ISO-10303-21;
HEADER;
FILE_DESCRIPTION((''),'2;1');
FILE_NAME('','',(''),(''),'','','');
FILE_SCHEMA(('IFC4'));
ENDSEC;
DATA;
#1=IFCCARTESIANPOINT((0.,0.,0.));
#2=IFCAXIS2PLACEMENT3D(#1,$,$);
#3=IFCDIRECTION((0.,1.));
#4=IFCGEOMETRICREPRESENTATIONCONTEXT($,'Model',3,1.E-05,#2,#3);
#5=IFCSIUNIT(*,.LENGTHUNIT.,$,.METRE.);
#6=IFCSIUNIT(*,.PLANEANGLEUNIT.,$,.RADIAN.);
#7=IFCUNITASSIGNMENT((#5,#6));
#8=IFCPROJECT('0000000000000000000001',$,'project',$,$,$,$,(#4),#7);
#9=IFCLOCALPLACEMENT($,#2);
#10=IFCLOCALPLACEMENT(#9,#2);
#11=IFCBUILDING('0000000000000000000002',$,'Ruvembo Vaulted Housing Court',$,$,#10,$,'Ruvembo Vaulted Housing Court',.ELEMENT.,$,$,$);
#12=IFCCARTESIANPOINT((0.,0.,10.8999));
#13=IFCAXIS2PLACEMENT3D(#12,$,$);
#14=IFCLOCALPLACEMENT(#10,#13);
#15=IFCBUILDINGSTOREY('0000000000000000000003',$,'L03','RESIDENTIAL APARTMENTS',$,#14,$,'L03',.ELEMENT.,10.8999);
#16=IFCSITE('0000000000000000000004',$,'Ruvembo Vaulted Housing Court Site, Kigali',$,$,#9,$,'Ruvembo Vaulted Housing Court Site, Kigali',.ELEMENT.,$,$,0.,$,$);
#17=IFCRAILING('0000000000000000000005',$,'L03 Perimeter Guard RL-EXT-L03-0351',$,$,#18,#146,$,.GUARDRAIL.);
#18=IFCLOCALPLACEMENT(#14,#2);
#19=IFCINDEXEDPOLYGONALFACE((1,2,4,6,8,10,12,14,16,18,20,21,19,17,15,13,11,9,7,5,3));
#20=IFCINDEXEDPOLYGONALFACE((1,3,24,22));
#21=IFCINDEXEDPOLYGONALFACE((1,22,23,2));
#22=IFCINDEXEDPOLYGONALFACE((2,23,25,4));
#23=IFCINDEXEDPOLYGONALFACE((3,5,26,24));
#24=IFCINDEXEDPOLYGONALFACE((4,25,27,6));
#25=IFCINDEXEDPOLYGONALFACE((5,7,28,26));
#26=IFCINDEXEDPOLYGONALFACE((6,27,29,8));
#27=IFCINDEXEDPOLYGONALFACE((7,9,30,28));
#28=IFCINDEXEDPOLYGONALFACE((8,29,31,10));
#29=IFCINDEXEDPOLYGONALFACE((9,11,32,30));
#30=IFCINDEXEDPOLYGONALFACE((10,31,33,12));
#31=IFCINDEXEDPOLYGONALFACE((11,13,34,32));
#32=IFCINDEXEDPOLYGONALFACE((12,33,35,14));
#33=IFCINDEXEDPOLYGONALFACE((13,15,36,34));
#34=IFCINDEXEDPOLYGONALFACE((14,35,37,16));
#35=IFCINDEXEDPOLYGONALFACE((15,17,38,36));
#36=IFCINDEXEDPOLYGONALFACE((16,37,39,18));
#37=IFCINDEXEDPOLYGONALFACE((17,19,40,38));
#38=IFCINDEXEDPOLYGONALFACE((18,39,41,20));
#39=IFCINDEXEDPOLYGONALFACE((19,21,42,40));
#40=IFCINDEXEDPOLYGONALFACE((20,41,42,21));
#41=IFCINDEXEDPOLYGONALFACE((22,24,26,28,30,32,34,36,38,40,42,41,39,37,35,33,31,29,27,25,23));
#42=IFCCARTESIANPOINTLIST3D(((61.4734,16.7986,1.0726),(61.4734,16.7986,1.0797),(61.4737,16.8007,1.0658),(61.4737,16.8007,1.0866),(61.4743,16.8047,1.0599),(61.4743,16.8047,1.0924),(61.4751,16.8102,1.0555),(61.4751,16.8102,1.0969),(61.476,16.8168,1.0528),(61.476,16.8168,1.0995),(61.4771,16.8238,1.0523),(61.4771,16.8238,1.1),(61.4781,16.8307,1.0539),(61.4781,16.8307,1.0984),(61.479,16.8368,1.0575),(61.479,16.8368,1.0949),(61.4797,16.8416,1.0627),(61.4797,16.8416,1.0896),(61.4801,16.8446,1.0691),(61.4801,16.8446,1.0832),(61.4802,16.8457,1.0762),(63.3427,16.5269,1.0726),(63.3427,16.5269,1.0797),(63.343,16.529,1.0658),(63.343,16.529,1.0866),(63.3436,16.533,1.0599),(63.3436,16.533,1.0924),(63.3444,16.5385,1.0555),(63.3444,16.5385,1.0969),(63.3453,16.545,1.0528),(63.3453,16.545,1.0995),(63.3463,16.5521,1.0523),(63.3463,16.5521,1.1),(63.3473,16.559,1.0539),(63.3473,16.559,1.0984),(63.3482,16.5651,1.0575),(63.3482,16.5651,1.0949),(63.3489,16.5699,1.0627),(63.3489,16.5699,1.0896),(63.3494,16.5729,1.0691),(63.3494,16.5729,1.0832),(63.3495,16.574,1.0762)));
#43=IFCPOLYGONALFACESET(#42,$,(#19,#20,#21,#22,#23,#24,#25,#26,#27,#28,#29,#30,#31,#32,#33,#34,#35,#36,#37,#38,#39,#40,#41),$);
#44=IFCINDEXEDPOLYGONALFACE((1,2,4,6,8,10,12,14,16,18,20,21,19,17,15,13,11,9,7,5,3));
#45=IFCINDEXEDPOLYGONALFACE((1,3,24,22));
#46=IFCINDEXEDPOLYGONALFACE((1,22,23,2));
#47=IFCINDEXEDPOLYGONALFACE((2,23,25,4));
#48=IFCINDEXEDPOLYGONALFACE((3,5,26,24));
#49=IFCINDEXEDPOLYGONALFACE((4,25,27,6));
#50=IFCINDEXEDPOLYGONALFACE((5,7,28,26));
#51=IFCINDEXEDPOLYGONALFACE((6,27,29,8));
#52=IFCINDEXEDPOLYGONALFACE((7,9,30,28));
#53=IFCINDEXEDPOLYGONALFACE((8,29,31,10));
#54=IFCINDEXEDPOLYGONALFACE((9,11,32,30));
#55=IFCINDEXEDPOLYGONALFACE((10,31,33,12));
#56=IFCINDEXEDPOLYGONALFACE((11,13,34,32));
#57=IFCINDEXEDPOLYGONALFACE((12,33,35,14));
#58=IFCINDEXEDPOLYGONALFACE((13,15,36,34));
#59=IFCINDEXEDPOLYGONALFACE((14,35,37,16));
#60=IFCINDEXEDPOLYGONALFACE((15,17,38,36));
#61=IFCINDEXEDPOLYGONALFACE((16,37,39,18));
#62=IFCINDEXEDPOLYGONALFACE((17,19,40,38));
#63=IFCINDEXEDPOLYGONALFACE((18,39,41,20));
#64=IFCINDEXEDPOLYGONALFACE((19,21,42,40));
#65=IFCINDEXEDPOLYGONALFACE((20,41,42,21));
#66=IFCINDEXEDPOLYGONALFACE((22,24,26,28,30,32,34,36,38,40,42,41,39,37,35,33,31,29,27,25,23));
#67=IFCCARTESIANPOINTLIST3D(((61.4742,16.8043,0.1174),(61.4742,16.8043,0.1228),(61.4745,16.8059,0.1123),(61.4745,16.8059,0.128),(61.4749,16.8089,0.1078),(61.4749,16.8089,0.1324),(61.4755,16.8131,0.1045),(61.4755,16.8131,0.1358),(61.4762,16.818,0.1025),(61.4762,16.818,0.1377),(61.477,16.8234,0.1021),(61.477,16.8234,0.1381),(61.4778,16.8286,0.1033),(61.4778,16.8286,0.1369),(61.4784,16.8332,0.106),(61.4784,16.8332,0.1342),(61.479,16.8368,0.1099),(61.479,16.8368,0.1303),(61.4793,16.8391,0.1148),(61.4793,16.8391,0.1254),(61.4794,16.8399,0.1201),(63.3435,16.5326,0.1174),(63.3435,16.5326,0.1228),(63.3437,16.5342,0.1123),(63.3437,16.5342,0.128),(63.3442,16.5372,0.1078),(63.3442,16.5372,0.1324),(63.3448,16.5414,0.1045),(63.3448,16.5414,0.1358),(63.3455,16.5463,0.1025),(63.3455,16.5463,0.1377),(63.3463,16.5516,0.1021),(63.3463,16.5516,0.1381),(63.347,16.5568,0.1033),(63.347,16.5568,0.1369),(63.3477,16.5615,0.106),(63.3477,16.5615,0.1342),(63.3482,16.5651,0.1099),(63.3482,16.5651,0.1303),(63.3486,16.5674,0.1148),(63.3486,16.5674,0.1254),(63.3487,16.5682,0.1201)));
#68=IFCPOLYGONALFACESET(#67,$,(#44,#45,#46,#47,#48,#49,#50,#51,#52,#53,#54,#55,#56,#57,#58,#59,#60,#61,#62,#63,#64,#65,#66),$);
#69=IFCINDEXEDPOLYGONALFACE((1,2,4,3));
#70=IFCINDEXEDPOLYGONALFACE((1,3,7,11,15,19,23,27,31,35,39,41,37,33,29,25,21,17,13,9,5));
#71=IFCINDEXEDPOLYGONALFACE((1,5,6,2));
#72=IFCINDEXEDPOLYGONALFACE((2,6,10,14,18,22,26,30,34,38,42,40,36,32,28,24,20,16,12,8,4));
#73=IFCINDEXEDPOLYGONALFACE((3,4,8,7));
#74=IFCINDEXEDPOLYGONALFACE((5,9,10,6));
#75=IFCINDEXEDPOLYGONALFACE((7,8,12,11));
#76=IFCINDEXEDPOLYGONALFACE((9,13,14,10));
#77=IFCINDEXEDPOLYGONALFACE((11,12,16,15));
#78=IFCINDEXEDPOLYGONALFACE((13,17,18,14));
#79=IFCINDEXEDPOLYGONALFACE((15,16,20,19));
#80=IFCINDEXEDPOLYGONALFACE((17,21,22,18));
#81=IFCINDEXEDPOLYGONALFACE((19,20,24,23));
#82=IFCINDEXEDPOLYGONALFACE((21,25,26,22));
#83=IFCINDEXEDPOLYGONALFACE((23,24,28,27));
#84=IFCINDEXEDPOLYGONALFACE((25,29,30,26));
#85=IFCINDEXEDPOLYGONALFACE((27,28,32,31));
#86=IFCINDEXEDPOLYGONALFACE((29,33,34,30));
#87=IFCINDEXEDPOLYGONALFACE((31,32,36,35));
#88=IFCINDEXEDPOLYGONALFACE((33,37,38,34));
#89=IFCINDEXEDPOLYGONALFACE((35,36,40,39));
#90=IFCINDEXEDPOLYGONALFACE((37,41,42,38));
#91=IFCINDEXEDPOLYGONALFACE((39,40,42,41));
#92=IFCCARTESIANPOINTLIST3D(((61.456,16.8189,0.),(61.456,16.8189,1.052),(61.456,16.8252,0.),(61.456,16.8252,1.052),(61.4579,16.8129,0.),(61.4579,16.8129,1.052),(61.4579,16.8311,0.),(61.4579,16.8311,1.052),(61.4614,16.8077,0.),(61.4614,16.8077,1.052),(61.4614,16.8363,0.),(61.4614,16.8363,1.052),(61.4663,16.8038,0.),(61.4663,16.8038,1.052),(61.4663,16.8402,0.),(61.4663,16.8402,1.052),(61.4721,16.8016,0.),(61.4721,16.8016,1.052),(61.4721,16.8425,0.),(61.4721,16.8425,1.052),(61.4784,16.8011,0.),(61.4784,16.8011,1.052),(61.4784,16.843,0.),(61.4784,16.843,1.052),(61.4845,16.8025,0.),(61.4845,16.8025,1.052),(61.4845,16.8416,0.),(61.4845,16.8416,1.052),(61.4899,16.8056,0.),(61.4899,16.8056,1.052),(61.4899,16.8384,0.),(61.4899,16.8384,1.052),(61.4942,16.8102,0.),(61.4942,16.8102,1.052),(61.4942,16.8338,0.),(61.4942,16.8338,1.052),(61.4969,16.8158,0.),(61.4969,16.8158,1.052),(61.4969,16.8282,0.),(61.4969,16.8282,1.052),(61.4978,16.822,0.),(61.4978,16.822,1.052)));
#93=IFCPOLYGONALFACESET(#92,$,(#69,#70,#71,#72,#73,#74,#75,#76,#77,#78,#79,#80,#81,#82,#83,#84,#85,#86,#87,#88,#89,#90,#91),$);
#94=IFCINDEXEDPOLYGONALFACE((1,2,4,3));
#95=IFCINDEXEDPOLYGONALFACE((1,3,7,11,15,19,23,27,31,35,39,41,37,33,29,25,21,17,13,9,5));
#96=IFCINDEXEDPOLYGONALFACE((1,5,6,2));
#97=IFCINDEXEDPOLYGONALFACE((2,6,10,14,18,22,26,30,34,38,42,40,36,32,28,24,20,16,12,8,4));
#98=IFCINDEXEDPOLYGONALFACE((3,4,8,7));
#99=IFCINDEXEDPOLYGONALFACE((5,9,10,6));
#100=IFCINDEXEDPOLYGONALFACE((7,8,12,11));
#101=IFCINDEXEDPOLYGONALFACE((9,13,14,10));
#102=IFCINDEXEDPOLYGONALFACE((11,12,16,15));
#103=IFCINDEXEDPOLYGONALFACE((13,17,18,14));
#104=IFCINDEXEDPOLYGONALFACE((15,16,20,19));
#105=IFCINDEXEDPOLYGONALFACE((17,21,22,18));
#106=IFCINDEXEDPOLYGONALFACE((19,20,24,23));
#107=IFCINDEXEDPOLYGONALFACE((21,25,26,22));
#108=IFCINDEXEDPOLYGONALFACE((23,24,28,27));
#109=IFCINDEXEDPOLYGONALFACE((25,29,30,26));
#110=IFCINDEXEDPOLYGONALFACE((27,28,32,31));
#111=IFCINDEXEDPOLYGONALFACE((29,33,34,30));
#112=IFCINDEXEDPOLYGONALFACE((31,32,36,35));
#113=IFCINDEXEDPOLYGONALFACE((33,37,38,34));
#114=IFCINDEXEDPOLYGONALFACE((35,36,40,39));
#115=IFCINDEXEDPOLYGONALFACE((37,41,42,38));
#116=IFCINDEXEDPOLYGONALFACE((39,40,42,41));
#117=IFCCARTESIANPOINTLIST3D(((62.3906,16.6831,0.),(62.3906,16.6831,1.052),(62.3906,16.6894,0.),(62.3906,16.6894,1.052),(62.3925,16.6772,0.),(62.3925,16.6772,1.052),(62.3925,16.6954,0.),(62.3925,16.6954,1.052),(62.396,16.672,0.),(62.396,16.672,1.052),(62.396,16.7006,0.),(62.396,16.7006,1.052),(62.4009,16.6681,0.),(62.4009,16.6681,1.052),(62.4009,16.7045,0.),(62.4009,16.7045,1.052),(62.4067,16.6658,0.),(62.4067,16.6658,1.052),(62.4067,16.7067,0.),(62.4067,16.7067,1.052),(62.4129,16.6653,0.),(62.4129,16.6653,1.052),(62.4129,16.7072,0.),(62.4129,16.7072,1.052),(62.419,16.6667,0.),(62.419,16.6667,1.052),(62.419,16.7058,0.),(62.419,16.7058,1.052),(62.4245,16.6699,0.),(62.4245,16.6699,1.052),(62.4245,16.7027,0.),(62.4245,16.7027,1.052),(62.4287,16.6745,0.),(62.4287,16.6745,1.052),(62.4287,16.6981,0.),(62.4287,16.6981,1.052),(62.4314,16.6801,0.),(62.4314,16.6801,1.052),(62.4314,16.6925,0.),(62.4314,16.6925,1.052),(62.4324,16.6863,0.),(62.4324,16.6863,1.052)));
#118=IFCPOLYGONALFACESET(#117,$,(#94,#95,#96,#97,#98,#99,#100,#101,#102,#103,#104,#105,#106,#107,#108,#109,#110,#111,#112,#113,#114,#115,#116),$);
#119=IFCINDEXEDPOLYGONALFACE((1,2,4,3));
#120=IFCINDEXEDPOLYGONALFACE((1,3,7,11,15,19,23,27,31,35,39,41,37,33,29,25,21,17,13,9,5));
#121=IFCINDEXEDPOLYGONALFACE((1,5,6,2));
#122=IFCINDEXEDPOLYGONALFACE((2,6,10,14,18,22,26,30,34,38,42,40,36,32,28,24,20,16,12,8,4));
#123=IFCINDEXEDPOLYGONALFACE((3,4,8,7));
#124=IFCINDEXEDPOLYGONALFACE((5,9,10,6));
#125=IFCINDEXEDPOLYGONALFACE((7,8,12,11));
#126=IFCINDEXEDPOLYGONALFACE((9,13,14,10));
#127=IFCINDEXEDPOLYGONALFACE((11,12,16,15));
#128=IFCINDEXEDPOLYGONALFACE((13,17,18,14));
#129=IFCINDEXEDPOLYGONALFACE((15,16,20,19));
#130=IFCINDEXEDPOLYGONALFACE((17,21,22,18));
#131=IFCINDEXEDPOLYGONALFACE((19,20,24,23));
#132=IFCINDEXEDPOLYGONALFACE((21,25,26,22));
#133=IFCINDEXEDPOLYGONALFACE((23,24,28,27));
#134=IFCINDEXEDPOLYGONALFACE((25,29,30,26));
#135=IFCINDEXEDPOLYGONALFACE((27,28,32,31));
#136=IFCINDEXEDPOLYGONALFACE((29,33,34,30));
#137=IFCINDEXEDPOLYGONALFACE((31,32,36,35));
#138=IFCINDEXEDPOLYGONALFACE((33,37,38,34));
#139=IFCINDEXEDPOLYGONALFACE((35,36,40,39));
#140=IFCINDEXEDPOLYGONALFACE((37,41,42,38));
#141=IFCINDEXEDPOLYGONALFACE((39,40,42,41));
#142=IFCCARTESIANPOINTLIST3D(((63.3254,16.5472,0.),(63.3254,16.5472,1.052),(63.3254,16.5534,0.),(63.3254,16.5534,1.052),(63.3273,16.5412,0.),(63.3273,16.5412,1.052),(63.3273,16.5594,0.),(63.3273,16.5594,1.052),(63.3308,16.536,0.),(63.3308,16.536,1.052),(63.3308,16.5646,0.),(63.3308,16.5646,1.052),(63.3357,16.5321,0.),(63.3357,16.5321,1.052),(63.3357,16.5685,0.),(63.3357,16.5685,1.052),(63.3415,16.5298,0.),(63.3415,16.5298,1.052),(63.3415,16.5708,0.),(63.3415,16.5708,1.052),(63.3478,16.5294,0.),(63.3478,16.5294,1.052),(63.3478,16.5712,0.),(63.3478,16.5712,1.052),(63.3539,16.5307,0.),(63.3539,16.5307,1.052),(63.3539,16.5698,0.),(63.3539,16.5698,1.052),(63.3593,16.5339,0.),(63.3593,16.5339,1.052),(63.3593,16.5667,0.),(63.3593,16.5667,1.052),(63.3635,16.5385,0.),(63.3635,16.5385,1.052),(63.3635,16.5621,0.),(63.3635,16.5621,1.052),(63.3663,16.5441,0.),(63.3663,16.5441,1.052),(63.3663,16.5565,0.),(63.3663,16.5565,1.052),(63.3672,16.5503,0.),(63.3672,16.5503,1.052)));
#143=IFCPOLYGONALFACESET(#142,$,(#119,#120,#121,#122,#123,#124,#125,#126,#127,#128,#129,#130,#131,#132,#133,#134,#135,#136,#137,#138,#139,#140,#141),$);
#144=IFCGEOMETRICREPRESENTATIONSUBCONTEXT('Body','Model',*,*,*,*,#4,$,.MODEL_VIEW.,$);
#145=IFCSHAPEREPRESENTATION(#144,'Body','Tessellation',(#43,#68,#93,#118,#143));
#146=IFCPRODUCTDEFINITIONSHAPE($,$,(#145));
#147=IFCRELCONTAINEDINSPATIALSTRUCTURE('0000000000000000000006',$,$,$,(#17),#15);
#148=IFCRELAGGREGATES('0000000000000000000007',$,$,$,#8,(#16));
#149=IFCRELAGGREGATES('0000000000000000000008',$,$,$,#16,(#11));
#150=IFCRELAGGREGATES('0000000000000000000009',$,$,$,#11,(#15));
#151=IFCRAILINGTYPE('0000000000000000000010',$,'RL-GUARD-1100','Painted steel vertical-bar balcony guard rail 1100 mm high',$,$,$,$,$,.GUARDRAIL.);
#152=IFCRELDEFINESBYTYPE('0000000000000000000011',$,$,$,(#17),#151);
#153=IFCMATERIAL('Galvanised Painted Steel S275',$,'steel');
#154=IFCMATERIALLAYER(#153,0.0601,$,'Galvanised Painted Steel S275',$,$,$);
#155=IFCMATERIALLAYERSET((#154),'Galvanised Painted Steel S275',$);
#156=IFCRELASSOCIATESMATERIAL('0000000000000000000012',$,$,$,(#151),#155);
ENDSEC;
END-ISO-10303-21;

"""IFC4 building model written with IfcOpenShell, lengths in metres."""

from ifc_helpers import new_model, si_unit, direction, frame, origin, origin_2d, place, context, subcontext, project, spatial, circle, extrude, material, layer, layer_set, type_object, element, save


model = new_model("IFC4")

# Units and contexts
model_context = context("Model", 3, precision=1e-05, world=origin(), true_north=direction((0.0, 1.0)))
body_context = subcontext(model_context, "Body", "Model", "MODEL_VIEW")
ifc_project = project(units=[si_unit("LENGTHUNIT", "METRE"), si_unit("PLANEANGLEUNIT", "RADIAN")], contexts=[model_context])

# Site, building, storey
site_placement = place(None, origin())
site = spatial("IfcSite", under=ifc_project, at=site_placement, Name="Ruvembo Vaulted Housing Court Site, Kigali", LongName="Ruvembo Vaulted Housing Court Site, Kigali", CompositionType="ELEMENT", RefElevation=0.0)
building_placement = place(site_placement, origin())
building = spatial("IfcBuilding", under=site, at=building_placement, Name="Ruvembo Vaulted Housing Court", LongName="Ruvembo Vaulted Housing Court", CompositionType="ELEMENT")
storey_placement = place(building_placement, frame((0.0, 0.0, 10.8999)))
storey = spatial("IfcBuildingStorey", under=building, at=storey_placement, Name="L03", Description="RESIDENTIAL APARTMENTS", LongName="L03", CompositionType="ELEMENT", Elevation=10.8999)

# Railing
ifc_material_1 = material(Name="Galvanised Painted Steel S275", Category="steel")
ifc_layer = layer(ifc_material_1, 0.0601, Name="Galvanised Painted Steel S275")
ifc_layer_set = layer_set([ifc_layer], Name="Galvanised Painted Steel S275")
railing_type = type_object("IfcRailingType", Name="RL-GUARD-1100", Description="Painted steel vertical-bar balcony guard rail 1100 mm high", PredefinedType="GUARDRAIL", material=ifc_layer_set)
railing_1_placement = place(storey_placement, frame((61.4768, 16.822, 0.0)))
element("IfcRailing", 1, at=railing_1_placement, inside=storey, type_object=railing_type, Name="L03 Perimeter Guard RL-EXT-L03-0351", PredefinedType="GUARDRAIL", context=body_context, shape_type="SweptSolid", body=[
    extrude(circle(Radius=0.0239, at=origin_2d()), frame((0.0, 0.0, 1.0762), z_axis=(0.9896, -0.143845, 0.0), x_axis=(0.143845, 0.9896, 0.0)), (0.0, 0.0, 1.0), 1.8889),
    extrude(circle(Radius=0.0181, at=origin_2d()), frame((0.0, 0.0, 0.1201), z_axis=(0.9896, -0.143845, 0.0), x_axis=(0.143845, 0.9896, 0.0)), (0.0, 0.0, 1.0), 1.8889),
    extrude(circle(Radius=0.021, at=origin_2d()), origin(), (0.0, 0.0, 1.0), 1.052),
    extrude(circle(Radius=0.021, at=origin_2d()), frame((0.9346, -0.1357, 0.0)), (0.0, 0.0, 1.0), 1.052),
    extrude(circle(Radius=0.021, at=origin_2d()), frame((1.8694, -0.2717, 0.0)), (0.0, 0.0, 1.0), 1.052),
])

save(model, "model.ifc")
